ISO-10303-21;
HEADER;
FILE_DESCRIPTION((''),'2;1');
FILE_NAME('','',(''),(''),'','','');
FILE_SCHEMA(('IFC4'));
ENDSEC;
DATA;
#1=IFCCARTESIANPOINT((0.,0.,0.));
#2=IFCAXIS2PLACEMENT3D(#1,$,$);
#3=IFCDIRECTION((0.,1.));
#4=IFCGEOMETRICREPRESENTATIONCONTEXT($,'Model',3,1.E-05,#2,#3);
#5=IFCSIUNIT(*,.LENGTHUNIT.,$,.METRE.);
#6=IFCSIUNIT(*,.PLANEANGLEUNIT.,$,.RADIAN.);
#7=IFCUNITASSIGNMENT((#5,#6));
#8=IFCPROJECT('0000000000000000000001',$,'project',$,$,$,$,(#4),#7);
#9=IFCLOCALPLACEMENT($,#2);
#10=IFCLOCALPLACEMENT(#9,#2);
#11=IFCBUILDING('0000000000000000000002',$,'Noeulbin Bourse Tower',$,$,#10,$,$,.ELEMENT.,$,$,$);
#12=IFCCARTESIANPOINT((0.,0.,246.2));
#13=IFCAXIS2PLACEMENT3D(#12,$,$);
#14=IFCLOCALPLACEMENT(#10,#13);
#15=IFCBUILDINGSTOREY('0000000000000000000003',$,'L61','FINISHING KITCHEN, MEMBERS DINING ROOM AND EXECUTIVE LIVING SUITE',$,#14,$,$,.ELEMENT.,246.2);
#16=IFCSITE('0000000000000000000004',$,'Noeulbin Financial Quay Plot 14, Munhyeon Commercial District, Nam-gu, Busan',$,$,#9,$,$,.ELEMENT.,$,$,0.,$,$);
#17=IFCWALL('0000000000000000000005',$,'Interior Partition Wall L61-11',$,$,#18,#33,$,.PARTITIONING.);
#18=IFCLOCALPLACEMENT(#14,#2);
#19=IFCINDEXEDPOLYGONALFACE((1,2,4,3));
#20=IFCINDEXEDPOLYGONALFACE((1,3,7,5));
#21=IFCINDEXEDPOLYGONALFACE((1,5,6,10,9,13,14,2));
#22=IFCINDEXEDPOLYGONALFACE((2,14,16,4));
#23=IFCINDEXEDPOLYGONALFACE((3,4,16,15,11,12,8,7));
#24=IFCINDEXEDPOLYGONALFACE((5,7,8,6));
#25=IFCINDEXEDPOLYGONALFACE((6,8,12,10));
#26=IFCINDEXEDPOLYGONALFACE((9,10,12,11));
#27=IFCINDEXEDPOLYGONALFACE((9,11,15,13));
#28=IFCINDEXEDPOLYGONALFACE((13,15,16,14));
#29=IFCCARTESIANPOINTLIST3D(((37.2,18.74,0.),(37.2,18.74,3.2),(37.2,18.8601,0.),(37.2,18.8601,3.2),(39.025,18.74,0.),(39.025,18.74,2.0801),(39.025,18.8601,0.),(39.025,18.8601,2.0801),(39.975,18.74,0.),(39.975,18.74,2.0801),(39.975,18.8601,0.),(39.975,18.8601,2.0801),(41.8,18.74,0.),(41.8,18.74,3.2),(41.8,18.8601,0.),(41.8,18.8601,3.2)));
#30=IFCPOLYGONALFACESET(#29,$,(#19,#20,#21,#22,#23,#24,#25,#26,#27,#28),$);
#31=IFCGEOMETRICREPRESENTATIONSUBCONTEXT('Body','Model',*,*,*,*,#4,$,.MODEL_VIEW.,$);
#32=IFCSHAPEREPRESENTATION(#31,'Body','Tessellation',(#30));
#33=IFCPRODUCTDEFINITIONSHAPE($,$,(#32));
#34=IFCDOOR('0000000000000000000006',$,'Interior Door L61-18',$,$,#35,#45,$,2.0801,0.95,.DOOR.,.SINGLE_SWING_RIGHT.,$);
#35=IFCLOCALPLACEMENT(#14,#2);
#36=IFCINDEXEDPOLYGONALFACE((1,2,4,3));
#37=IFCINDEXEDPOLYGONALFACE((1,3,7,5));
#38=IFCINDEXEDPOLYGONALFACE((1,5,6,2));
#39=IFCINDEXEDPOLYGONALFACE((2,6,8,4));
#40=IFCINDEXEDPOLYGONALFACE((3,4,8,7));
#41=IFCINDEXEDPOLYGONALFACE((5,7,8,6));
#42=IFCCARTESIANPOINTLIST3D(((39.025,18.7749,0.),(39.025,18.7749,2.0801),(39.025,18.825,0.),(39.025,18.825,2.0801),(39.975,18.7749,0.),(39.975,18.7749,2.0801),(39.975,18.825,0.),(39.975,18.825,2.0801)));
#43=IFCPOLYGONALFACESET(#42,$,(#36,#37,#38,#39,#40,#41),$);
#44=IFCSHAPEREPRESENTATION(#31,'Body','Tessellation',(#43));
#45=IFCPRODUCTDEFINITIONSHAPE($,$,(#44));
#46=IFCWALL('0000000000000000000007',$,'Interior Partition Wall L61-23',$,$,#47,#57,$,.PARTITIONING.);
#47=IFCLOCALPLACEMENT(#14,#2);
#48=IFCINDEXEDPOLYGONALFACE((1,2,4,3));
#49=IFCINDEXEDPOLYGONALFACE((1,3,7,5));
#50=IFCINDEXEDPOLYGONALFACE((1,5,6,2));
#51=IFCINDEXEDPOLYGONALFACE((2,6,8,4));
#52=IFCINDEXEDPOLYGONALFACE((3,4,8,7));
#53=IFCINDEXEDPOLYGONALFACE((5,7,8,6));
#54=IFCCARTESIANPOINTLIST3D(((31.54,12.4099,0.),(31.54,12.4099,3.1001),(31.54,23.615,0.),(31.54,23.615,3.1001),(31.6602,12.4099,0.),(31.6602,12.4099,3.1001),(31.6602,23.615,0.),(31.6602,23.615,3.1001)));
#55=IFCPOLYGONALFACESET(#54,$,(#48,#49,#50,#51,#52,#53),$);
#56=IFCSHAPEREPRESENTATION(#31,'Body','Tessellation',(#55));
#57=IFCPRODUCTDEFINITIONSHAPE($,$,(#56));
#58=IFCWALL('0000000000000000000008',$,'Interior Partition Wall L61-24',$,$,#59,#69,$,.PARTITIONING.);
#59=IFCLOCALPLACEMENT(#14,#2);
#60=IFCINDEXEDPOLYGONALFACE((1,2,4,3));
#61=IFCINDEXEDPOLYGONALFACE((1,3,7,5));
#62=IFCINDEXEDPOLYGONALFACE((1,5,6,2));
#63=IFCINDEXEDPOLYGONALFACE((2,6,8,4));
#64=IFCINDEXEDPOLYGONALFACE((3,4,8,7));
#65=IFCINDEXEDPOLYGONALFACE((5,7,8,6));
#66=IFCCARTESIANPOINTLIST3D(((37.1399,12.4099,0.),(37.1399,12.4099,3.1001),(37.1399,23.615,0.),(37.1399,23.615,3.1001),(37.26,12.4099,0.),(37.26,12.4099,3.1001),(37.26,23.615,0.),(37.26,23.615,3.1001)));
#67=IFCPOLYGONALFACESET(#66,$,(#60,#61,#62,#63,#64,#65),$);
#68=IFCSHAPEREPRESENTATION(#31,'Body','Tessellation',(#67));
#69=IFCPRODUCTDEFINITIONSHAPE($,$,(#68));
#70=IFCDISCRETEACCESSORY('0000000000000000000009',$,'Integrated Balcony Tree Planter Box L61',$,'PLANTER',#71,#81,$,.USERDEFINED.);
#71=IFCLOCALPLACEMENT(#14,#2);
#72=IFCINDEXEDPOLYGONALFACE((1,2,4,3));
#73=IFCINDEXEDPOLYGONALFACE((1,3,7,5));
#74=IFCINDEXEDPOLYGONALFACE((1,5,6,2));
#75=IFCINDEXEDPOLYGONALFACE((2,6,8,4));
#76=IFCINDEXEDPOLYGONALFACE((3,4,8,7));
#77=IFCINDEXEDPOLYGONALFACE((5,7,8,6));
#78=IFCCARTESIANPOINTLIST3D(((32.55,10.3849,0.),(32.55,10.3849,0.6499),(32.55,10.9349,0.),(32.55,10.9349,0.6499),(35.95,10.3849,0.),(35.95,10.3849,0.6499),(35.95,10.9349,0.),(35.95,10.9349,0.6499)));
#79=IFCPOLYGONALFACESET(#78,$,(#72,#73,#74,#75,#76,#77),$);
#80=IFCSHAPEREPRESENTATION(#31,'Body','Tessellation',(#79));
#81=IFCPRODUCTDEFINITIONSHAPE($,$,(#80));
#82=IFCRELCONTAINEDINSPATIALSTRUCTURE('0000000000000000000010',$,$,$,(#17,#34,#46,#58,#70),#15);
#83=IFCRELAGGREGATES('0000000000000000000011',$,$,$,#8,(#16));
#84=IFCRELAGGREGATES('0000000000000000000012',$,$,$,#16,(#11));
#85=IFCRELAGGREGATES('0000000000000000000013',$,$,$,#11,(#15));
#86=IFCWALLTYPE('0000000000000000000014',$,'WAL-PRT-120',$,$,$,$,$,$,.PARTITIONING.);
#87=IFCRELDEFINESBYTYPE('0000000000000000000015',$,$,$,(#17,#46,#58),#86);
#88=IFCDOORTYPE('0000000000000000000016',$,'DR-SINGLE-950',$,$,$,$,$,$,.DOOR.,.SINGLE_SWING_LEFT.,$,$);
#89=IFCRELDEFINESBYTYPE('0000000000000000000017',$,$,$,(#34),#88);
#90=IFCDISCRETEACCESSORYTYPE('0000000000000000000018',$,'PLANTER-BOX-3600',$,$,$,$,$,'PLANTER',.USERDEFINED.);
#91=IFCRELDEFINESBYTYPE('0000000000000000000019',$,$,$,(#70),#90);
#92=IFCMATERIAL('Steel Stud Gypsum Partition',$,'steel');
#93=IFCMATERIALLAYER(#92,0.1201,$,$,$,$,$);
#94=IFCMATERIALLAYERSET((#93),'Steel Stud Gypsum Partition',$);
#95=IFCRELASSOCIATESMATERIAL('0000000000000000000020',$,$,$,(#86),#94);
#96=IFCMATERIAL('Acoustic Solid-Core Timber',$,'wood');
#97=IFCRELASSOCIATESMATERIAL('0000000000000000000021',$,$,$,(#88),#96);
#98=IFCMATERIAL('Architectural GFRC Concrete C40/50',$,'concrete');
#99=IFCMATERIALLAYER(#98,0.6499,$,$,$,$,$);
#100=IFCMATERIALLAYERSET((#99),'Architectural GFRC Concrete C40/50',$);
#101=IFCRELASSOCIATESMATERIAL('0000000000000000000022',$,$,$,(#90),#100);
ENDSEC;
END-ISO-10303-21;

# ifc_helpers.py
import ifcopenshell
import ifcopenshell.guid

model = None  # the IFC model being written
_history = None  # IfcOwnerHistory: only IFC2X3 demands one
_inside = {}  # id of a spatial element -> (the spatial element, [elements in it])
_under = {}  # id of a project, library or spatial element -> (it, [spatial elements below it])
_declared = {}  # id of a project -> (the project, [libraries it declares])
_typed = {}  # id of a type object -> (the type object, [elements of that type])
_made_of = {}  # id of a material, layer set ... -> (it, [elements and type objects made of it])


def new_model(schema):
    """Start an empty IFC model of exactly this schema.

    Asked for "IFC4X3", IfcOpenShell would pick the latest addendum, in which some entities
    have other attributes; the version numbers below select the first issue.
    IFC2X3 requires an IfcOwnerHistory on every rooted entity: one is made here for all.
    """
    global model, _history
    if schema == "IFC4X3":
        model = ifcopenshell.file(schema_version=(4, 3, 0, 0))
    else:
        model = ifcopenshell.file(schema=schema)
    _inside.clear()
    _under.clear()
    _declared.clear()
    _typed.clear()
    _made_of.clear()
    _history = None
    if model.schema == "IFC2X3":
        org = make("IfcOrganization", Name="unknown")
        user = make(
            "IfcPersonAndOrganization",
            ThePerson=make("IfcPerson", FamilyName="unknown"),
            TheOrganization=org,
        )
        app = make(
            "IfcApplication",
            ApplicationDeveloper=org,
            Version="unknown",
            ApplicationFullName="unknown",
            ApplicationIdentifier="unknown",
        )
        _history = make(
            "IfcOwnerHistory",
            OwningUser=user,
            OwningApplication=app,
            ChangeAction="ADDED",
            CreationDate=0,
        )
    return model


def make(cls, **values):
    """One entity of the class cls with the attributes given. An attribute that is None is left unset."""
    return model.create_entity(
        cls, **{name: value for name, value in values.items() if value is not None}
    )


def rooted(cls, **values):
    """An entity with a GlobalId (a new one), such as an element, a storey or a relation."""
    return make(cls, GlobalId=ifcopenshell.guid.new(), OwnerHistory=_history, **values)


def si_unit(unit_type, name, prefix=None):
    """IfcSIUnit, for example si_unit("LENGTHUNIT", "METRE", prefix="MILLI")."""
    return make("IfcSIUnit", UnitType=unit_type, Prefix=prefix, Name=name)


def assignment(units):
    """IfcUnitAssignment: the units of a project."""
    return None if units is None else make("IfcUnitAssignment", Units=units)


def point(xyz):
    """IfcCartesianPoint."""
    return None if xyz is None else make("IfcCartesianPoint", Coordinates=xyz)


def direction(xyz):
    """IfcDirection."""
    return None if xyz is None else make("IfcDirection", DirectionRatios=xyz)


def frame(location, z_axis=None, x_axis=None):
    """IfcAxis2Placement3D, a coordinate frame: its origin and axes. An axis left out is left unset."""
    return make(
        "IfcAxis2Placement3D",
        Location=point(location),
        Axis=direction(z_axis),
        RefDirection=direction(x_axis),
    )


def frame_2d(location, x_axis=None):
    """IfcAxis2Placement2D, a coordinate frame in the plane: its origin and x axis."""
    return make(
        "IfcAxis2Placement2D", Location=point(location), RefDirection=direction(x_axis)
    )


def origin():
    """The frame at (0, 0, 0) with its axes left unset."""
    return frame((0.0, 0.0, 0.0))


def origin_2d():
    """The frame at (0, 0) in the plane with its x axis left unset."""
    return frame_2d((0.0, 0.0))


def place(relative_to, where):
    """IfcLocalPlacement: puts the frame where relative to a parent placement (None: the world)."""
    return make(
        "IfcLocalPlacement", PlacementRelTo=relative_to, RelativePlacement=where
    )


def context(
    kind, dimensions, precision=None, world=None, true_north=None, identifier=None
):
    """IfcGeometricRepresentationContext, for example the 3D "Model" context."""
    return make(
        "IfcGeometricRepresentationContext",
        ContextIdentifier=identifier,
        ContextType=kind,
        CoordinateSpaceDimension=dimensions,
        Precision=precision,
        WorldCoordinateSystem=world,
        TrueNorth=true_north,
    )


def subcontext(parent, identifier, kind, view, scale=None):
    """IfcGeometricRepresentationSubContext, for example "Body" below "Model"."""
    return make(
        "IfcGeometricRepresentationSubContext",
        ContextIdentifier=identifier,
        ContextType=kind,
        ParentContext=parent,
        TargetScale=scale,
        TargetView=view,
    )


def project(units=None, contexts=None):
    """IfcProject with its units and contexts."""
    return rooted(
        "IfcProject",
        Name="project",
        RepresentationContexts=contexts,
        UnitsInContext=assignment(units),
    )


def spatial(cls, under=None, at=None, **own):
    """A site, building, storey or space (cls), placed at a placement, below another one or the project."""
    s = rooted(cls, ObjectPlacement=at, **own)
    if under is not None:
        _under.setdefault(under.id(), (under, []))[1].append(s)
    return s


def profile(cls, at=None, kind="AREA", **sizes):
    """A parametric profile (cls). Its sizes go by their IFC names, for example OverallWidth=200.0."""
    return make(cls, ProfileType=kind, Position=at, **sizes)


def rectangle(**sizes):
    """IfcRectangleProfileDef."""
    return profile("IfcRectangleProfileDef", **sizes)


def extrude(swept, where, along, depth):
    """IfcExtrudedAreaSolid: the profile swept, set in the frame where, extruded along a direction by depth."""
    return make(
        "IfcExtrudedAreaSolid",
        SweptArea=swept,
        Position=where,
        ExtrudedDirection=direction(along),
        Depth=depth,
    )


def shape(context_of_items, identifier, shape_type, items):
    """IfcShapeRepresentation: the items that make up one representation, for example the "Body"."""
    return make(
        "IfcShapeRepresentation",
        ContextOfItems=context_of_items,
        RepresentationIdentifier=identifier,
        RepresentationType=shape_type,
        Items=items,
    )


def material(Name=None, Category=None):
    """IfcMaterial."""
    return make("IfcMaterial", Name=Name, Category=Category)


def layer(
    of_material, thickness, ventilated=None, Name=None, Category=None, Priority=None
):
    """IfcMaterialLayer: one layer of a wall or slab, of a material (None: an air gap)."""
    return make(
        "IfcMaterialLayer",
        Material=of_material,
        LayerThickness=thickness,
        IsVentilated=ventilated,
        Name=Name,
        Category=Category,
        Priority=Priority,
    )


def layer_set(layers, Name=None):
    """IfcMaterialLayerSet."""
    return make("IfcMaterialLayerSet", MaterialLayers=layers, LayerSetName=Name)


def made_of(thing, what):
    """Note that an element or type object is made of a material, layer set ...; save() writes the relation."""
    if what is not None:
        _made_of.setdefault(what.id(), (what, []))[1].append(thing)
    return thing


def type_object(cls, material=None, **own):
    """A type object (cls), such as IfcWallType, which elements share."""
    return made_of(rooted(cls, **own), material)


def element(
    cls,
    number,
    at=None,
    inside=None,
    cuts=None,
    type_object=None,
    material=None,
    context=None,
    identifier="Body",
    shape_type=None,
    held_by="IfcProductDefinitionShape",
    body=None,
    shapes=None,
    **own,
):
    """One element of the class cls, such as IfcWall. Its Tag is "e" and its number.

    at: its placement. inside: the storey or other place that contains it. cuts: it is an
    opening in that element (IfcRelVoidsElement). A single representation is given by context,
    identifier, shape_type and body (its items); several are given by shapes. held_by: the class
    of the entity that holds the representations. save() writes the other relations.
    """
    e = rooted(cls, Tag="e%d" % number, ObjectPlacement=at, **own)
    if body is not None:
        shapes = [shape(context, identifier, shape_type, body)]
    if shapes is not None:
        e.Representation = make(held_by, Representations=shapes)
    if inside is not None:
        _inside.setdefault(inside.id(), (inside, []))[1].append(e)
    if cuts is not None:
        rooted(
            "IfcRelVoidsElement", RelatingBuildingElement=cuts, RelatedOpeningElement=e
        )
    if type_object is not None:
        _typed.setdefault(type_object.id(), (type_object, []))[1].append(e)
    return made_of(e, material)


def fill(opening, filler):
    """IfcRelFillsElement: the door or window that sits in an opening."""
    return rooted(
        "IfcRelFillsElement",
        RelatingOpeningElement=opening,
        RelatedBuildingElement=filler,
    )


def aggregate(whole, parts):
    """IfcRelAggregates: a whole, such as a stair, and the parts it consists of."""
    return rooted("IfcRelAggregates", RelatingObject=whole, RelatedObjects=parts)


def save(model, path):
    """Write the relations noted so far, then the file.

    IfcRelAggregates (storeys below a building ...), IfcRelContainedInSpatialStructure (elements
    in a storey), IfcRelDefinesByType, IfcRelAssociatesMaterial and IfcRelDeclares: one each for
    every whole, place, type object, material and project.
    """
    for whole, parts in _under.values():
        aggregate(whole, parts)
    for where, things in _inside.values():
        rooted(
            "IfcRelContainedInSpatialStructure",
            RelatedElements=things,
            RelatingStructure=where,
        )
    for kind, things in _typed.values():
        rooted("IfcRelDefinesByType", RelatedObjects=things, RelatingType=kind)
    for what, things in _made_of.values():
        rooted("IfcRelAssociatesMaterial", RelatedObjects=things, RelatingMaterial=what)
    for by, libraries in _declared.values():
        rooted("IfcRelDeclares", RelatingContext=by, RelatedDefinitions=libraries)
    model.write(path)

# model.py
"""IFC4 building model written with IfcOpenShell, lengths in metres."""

from ifc_helpers import new_model, si_unit, direction, frame, frame_2d, origin, origin_2d, place, context, subcontext, project, spatial, rectangle, extrude, material, layer, layer_set, type_object, element, fill, save


model = new_model("IFC4")

# Units and contexts
model_context = context("Model", 3, precision=1e-05, world=origin(), true_north=direction((0.0, 1.0)))
body_context = subcontext(model_context, "Body", "Model", "MODEL_VIEW")
ifc_project = project(units=[si_unit("LENGTHUNIT", "METRE"), si_unit("PLANEANGLEUNIT", "RADIAN")], contexts=[model_context])

# Site, building, storey
site_placement = place(None, origin())
site = spatial("IfcSite", under=ifc_project, at=site_placement, Name="Noeulbin Financial Quay Plot 14, Munhyeon Commercial District, Nam-gu, Busan", CompositionType="ELEMENT", RefElevation=0.0)
building_placement = place(site_placement, origin())
building = spatial("IfcBuilding", under=site, at=building_placement, Name="Noeulbin Bourse Tower", CompositionType="ELEMENT")
storey_placement = place(building_placement, frame((0.0, 0.0, 246.2)))
storey = spatial("IfcBuildingStorey", under=building, at=storey_placement, Name="L61", Description="FINISHING KITCHEN, MEMBERS DINING ROOM AND EXECUTIVE LIVING SUITE", CompositionType="ELEMENT", Elevation=246.2)

# Wall, opening, door
ifc_material_1 = material(Name="Steel Stud Gypsum Partition", Category="steel")
ifc_layer_1 = layer(ifc_material_1, 0.1201)
ifc_layer_set_1 = layer_set([ifc_layer_1], Name="Steel Stud Gypsum Partition")
wall_type_1 = type_object("IfcWallType", Name="WAL-PRT-120", PredefinedType="PARTITIONING", material=ifc_layer_set_1)
ifc_material_2 = material(Name="Acoustic Solid-Core Timber", Category="wood")
door_type_1 = type_object("IfcDoorType", Name="DR-SINGLE-950", OperationType="SINGLE_SWING_LEFT", PredefinedType="DOOR", material=ifc_material_2)
wall_1_placement = place(storey_placement, frame((37.2, 18.8, 0.0), z_axis=(0.0, 0.0, 1.0), x_axis=(1.0, 0.0, 0.0)))
wall_1 = element("IfcWall", 1, at=wall_1_placement, inside=storey, type_object=wall_type_1, Name="Interior Partition Wall L61-11", PredefinedType="PARTITIONING", context=body_context, shape_type="SweptSolid", body=[
    extrude(rectangle(XDim=4.6001, YDim=0.1201, at=frame_2d((2.3, 0.0))), origin(), (0.0, 0.0, 1.0), 3.2),
])
opening_1_placement = place(wall_1_placement, frame((1.825, 0.0, 0.0)))
opening_1 = element("IfcOpeningElement", 2, at=opening_1_placement, cuts=wall_1, PredefinedType="OPENING", context=body_context, shape_type="SweptSolid", body=[
    extrude(rectangle(XDim=0.95, YDim=2.0801, at=frame_2d((0.4751, 1.04))), frame((0.0, 0.0701, 0.0), z_axis=(0.0, -1.0, 0.0), x_axis=(1.0, 0.0, 0.0)), (0.0, 0.0, 1.0), 0.1401),
])
door_1_placement = place(opening_1_placement, origin())
door_1 = element("IfcDoor", 3, at=door_1_placement, inside=storey, type_object=door_type_1, Name="Interior Door L61-18", OperationType="SINGLE_SWING_RIGHT", OverallHeight=2.0801, OverallWidth=0.95, PredefinedType="DOOR", context=body_context, shape_type="SweptSolid", body=[
    extrude(rectangle(XDim=0.95, YDim=2.0801, at=frame_2d((0.4751, 1.04))), frame((0.0, 0.0249, 0.0), z_axis=(0.0, -1.0, 0.0), x_axis=(1.0, 0.0, 0.0)), (0.0, 0.0, 1.0), 0.05),
])
fill(opening_1, door_1)

# Walls
for number, where, z_axis, x_axis, name in (
    (4, (31.6001, 12.4099, 0.0), (0.0, 0.0, 1.0), (0.0, 1.0, 0.0), "Interior Partition Wall L61-23"),
    (5, (37.2, 12.4099, 0.0), (0.0, 0.0, 1.0), (0.0, 1.0, 0.0), "Interior Partition Wall L61-24"),
):
    element("IfcWall", number, at=place(storey_placement, frame(where, z_axis=z_axis, x_axis=x_axis)), inside=storey, type_object=wall_type_1, Name=name, PredefinedType="PARTITIONING", context=body_context, shape_type="SweptSolid", body=[
        extrude(rectangle(XDim=11.2051, YDim=0.1201, at=frame_2d((5.6025, 0.0))), origin(), (0.0, 0.0, 1.0), 3.1001),
    ])

# Discrete accessory
ifc_material_3 = material(Name="Architectural GFRC Concrete C40/50", Category="concrete")
ifc_layer_2 = layer(ifc_material_3, 0.6499)
ifc_layer_set_2 = layer_set([ifc_layer_2], Name="Architectural GFRC Concrete C40/50")
discrete_accessory_type = type_object("IfcDiscreteAccessoryType", Name="PLANTER-BOX-3600", ElementType="PLANTER", PredefinedType="USERDEFINED", material=ifc_layer_set_2)
discrete_accessory_placement = place(storey_placement, frame((34.25, 10.6599, 0.0), z_axis=(0.0, 0.0, 1.0), x_axis=(1.0, 0.0, 0.0)))
element("IfcDiscreteAccessory", 6, at=discrete_accessory_placement, inside=storey, type_object=discrete_accessory_type, Name="Integrated Balcony Tree Planter Box L61", ObjectType="PLANTER", PredefinedType="USERDEFINED", context=body_context, shape_type="SweptSolid", body=[
    extrude(rectangle(XDim=3.3999, YDim=0.55, at=origin_2d()), origin(), (0.0, 0.0, 1.0), 0.6499),
])

save(model, "model.ifc")
